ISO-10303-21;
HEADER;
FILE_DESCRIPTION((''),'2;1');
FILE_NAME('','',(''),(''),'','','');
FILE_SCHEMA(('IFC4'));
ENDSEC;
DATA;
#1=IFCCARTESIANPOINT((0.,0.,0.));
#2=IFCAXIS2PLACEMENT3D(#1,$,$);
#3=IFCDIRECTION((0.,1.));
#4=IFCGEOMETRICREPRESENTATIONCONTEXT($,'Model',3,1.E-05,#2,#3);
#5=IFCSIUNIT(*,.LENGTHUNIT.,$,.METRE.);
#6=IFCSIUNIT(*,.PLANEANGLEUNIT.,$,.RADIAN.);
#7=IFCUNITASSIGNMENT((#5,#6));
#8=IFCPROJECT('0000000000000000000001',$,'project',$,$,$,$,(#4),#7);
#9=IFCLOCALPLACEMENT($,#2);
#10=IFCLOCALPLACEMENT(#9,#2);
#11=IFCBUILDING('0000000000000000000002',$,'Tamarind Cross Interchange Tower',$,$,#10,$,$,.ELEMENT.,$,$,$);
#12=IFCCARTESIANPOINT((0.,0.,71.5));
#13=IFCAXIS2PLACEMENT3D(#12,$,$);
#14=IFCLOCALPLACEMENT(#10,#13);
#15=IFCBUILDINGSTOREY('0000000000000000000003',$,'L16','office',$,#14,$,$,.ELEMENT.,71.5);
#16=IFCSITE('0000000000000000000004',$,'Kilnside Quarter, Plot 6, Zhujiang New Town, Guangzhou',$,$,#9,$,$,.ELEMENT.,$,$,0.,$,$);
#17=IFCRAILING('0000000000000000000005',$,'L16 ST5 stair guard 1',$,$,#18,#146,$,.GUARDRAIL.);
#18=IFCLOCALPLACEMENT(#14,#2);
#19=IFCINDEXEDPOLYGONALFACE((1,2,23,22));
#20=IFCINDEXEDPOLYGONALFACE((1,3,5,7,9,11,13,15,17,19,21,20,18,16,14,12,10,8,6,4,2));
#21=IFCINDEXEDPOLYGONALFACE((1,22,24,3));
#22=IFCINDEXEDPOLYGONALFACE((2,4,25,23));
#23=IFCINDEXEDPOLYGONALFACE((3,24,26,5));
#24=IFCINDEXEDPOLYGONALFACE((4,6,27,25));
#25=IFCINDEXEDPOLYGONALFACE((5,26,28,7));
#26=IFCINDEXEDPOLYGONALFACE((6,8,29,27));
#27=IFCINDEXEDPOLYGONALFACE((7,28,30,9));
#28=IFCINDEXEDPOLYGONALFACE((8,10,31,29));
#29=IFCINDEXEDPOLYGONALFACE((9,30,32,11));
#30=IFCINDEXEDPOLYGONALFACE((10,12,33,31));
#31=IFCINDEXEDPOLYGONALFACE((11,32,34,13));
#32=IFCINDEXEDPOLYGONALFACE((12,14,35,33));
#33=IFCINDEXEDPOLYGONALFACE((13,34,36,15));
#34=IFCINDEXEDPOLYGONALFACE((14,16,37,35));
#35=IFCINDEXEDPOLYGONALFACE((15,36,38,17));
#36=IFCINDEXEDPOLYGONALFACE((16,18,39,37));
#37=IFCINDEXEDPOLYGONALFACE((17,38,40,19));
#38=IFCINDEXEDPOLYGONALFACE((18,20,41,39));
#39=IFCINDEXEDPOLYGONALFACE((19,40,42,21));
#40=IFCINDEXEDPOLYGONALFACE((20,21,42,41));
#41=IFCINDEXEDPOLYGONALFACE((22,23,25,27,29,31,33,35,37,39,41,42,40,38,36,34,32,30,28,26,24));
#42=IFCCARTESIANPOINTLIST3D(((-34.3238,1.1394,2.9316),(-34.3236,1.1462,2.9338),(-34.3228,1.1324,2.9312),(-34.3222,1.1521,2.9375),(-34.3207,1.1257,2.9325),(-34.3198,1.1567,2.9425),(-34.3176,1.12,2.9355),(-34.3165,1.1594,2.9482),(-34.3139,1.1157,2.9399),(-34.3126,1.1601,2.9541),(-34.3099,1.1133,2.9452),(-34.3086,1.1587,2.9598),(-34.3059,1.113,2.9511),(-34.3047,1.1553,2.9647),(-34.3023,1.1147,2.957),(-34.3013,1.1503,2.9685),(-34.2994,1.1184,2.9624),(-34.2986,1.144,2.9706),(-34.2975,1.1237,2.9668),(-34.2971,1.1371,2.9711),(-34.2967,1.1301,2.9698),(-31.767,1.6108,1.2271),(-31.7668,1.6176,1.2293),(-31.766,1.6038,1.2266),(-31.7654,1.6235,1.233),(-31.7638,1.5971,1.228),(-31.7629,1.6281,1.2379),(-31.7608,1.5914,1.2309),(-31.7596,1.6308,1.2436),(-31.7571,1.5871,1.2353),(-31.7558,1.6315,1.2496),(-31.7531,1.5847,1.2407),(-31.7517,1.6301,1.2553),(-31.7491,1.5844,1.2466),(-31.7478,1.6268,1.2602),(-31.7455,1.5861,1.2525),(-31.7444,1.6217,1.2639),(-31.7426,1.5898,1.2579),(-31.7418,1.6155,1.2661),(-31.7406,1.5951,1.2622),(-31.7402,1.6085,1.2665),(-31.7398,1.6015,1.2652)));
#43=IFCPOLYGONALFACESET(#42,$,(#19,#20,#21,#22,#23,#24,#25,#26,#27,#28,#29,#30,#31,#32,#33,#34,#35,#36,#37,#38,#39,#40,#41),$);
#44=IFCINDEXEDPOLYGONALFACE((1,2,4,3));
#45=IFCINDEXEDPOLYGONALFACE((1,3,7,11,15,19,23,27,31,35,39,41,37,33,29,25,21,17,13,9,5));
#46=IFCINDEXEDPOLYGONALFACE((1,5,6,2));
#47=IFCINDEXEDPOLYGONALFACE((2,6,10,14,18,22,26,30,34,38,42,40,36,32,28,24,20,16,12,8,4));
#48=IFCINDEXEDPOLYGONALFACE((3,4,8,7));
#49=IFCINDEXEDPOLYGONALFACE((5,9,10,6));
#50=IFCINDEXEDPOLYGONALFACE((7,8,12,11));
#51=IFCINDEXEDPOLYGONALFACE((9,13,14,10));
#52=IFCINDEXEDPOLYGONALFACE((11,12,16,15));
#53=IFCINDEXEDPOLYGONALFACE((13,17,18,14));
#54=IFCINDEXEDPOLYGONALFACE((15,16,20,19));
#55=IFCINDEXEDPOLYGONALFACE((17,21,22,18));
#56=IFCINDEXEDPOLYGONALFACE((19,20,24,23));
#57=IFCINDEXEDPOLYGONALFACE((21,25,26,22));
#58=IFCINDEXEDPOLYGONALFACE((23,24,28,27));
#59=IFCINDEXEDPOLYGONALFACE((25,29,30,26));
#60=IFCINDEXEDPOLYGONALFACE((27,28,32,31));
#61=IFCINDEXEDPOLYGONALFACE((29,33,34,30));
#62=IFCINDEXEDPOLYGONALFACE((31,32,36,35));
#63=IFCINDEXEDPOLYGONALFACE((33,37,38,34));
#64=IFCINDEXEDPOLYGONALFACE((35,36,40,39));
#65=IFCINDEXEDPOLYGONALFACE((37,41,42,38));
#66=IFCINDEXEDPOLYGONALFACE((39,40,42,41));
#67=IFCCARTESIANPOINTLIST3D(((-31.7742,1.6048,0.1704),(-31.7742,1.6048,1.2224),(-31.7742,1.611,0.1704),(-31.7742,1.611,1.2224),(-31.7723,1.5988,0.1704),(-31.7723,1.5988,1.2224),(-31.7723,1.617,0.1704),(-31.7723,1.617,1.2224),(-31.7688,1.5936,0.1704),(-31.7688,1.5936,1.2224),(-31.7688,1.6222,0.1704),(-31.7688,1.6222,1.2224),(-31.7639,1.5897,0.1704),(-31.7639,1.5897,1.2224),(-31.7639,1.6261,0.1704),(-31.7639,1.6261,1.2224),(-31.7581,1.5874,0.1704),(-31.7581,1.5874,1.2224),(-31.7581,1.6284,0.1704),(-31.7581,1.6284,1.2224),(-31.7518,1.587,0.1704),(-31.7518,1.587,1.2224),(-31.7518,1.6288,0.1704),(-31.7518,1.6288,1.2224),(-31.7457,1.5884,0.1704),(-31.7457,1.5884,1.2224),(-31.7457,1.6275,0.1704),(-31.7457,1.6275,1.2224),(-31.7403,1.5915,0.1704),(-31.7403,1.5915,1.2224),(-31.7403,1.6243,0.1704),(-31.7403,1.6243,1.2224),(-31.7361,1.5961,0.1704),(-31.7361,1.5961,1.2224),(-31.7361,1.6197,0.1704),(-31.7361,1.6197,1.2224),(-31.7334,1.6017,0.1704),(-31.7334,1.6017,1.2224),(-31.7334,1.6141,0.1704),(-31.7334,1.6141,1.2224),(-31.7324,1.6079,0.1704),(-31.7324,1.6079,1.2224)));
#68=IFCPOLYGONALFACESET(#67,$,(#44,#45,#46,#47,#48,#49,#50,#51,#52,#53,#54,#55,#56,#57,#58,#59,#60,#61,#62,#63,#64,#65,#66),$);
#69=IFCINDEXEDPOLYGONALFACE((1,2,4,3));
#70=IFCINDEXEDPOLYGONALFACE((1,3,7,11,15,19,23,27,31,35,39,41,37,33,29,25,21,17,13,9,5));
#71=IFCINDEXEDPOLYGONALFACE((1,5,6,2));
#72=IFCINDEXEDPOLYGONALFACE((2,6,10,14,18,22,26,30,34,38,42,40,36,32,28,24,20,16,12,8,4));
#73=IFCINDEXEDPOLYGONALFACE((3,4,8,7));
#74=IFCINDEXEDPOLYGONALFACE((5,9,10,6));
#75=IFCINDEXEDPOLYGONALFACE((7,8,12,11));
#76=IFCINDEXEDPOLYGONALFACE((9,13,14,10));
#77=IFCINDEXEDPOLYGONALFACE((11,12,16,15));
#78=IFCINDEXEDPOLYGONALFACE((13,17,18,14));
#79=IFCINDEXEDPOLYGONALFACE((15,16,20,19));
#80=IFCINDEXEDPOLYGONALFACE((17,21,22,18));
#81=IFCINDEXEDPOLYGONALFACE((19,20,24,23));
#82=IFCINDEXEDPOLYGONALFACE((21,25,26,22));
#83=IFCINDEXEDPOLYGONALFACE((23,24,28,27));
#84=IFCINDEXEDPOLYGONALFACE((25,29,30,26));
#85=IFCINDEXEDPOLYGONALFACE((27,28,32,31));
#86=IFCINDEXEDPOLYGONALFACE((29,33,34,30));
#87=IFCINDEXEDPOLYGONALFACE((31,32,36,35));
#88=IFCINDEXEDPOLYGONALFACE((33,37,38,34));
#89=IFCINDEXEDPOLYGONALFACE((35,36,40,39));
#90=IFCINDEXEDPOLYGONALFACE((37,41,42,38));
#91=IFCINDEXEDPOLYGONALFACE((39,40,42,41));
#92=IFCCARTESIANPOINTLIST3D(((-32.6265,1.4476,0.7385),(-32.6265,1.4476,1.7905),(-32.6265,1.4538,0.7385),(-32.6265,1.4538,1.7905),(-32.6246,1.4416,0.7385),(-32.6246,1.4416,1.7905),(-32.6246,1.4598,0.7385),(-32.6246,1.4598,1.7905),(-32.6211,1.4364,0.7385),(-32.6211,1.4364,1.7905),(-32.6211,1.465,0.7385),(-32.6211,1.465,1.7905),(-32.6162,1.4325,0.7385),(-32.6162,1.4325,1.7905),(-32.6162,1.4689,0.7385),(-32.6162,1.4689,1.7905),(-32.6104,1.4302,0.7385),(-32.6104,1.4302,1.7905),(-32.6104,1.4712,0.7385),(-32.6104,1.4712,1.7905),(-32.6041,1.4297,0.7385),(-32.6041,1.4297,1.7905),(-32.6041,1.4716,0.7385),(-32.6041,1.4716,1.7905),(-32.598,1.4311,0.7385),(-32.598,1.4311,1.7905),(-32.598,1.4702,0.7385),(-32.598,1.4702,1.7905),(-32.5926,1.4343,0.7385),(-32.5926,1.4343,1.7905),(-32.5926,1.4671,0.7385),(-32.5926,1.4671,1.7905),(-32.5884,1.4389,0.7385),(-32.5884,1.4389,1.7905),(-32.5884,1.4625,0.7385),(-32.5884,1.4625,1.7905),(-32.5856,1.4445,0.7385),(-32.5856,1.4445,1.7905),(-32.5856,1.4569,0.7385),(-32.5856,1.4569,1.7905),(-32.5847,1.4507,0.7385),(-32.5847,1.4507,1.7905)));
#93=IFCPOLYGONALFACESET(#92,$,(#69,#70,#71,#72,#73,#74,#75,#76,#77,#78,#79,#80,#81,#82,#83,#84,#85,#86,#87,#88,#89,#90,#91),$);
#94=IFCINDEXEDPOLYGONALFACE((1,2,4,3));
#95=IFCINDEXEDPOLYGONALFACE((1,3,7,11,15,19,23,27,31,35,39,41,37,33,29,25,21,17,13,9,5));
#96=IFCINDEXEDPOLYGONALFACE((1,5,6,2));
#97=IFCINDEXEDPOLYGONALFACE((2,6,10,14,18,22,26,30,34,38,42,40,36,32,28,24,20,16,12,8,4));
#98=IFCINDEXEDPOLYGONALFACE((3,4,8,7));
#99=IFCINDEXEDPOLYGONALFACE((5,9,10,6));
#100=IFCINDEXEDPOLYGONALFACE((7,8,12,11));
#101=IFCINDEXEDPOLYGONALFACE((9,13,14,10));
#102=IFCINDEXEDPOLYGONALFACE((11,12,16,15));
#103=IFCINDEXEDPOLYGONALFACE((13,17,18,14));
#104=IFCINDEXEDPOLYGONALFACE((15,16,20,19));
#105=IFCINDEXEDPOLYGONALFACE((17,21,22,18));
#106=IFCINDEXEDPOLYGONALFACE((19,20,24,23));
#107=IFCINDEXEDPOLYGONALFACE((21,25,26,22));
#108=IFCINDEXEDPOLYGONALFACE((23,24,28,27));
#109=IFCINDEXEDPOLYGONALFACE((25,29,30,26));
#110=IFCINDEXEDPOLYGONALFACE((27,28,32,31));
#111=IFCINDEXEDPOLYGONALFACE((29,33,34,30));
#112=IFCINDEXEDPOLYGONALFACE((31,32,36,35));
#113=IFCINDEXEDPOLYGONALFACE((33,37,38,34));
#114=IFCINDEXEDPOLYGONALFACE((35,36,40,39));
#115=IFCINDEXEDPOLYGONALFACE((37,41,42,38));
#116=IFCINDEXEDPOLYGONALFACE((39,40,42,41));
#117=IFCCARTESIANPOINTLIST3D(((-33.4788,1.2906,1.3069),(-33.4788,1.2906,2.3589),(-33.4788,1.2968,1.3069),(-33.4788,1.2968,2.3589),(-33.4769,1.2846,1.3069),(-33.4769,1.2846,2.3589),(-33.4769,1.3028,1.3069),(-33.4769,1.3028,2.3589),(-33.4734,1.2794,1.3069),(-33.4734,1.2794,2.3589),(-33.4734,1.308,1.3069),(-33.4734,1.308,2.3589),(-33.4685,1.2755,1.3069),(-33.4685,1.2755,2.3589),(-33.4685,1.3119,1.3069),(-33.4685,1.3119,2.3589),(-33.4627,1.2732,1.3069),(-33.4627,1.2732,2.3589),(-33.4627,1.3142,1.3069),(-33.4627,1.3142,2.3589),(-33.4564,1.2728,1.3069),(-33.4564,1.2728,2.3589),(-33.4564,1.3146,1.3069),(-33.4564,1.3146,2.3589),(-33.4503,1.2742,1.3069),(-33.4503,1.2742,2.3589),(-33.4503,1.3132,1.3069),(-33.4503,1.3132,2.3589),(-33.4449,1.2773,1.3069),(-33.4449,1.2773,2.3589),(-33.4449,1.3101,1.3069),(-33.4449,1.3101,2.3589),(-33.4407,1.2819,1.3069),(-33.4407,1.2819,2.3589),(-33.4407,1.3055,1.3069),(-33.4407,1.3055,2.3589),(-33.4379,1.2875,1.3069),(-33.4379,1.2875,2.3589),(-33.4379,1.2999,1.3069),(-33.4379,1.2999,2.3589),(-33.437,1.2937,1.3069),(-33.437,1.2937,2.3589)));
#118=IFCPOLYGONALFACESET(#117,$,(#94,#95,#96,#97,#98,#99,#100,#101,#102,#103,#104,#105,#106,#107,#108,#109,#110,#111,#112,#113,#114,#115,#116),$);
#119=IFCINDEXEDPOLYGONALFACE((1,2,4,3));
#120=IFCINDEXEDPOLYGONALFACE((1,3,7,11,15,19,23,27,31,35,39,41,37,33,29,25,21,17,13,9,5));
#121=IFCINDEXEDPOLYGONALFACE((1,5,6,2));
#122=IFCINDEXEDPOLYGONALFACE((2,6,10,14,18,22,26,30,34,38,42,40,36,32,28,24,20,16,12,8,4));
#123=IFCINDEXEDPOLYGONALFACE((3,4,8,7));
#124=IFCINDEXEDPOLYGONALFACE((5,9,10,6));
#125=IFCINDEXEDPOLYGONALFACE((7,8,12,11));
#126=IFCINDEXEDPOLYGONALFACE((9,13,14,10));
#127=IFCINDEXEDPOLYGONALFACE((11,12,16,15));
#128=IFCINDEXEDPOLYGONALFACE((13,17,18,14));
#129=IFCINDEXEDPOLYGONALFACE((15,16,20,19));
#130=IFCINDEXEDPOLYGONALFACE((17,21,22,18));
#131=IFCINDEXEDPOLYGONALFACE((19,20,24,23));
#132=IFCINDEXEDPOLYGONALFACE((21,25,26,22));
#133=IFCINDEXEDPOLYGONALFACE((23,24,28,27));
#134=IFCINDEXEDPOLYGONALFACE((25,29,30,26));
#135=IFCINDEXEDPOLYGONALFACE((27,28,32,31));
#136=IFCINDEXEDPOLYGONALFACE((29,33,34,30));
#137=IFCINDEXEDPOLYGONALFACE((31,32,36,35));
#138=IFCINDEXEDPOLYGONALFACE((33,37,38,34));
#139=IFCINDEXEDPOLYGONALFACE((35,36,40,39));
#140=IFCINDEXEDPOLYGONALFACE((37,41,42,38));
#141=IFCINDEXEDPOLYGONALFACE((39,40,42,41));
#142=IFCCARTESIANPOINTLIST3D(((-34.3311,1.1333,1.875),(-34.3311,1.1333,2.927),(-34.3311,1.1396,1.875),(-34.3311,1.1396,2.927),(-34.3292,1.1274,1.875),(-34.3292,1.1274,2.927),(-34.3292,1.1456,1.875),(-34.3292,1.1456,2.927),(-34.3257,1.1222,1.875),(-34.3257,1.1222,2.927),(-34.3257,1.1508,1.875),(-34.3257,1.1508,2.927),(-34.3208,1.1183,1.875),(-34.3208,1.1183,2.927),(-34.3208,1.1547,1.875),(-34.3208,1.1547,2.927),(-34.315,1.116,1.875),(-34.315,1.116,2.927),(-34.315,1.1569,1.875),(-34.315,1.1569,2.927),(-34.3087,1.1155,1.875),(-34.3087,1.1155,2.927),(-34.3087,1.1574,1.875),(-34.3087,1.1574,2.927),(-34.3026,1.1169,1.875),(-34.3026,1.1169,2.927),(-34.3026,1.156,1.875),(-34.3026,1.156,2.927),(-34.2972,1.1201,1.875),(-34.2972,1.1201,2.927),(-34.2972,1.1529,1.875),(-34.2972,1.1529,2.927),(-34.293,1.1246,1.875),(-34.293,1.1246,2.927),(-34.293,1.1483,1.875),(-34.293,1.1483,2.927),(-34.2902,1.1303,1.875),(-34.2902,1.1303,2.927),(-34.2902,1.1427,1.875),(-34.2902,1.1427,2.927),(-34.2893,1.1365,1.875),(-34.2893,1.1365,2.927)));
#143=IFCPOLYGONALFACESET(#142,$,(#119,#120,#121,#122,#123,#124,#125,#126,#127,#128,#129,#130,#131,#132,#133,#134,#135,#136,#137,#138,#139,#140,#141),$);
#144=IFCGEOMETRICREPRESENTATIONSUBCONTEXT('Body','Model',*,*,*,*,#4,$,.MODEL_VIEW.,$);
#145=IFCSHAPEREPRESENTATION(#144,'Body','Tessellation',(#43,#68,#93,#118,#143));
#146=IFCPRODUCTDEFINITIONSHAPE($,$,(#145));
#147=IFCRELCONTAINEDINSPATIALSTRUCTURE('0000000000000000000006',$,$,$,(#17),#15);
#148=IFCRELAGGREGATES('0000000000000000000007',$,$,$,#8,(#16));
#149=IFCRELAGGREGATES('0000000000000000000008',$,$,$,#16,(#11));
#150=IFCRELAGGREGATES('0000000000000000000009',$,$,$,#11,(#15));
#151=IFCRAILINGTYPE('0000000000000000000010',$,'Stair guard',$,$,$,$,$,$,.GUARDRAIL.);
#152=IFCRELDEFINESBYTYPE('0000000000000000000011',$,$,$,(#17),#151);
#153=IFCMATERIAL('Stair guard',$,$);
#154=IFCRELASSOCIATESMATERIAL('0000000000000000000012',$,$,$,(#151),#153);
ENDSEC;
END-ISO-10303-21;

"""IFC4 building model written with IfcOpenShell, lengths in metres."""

from ifc_helpers import new_model, si_unit, direction, frame, origin, origin_2d, place, context, subcontext, project, spatial, circle, extrude, material, type_object, element, save


model = new_model("IFC4")

# Units and contexts
model_context = context("Model", 3, precision=1e-05, world=origin(), true_north=direction((0.0, 1.0)))
body_context = subcontext(model_context, "Body", "Model", "MODEL_VIEW")
ifc_project = project(units=[si_unit("LENGTHUNIT", "METRE"), si_unit("PLANEANGLEUNIT", "RADIAN")], contexts=[model_context])

# Site, building, storey
site_placement = place(None, origin())
site = spatial("IfcSite", under=ifc_project, at=site_placement, Name="Kilnside Quarter, Plot 6, Zhujiang New Town, Guangzhou", CompositionType="ELEMENT", RefElevation=0.0)
building_placement = place(site_placement, origin())
building = spatial("IfcBuilding", under=site, at=building_placement, Name="Tamarind Cross Interchange Tower", CompositionType="ELEMENT")
storey_placement = place(building_placement, frame((0.0, 0.0, 71.5)))
storey = spatial("IfcBuildingStorey", under=building, at=storey_placement, Name="L16", Description="office", CompositionType="ELEMENT", Elevation=71.5)

# Railing
ifc_material_1 = material(Name="Stair guard")
railing_type_1 = type_object("IfcRailingType", Name="Stair guard", PredefinedType="GUARDRAIL", material=ifc_material_1)
railing_1_placement = place(storey_placement, frame((-31.7534, 1.6079, 0.1704)))
element("IfcRailing", 1, at=railing_1_placement, inside=storey, type_object=railing_type_1, Name="L16 ST5 stair guard 1", PredefinedType="GUARDRAIL", context=body_context, shape_type="SweptSolid", body=[
    extrude(circle(Radius=0.0239, at=origin_2d()), frame((0.0, 0.0, 1.0762), z_axis=(-0.822428, -0.151638, 0.548286), x_axis=(0.181323, -0.983424, 0.0)), (0.0, 0.0, 1.0), 3.1089),
    extrude(circle(Radius=0.021, at=origin_2d()), origin(), (0.0, 0.0, 1.0), 1.052),
    extrude(circle(Radius=0.021, at=origin_2d()), frame((-0.8523, -0.1572, 0.5681)), (0.0, 0.0, 1.0), 1.052),
    extrude(circle(Radius=0.021, at=origin_2d()), frame((-1.7046, -0.3142, 1.1365)), (0.0, 0.0, 1.0), 1.052),
    extrude(circle(Radius=0.021, at=origin_2d()), frame((-2.5569, -0.4714, 1.7046)), (0.0, 0.0, 1.0), 1.052),
])

save(model, "model.ifc")
